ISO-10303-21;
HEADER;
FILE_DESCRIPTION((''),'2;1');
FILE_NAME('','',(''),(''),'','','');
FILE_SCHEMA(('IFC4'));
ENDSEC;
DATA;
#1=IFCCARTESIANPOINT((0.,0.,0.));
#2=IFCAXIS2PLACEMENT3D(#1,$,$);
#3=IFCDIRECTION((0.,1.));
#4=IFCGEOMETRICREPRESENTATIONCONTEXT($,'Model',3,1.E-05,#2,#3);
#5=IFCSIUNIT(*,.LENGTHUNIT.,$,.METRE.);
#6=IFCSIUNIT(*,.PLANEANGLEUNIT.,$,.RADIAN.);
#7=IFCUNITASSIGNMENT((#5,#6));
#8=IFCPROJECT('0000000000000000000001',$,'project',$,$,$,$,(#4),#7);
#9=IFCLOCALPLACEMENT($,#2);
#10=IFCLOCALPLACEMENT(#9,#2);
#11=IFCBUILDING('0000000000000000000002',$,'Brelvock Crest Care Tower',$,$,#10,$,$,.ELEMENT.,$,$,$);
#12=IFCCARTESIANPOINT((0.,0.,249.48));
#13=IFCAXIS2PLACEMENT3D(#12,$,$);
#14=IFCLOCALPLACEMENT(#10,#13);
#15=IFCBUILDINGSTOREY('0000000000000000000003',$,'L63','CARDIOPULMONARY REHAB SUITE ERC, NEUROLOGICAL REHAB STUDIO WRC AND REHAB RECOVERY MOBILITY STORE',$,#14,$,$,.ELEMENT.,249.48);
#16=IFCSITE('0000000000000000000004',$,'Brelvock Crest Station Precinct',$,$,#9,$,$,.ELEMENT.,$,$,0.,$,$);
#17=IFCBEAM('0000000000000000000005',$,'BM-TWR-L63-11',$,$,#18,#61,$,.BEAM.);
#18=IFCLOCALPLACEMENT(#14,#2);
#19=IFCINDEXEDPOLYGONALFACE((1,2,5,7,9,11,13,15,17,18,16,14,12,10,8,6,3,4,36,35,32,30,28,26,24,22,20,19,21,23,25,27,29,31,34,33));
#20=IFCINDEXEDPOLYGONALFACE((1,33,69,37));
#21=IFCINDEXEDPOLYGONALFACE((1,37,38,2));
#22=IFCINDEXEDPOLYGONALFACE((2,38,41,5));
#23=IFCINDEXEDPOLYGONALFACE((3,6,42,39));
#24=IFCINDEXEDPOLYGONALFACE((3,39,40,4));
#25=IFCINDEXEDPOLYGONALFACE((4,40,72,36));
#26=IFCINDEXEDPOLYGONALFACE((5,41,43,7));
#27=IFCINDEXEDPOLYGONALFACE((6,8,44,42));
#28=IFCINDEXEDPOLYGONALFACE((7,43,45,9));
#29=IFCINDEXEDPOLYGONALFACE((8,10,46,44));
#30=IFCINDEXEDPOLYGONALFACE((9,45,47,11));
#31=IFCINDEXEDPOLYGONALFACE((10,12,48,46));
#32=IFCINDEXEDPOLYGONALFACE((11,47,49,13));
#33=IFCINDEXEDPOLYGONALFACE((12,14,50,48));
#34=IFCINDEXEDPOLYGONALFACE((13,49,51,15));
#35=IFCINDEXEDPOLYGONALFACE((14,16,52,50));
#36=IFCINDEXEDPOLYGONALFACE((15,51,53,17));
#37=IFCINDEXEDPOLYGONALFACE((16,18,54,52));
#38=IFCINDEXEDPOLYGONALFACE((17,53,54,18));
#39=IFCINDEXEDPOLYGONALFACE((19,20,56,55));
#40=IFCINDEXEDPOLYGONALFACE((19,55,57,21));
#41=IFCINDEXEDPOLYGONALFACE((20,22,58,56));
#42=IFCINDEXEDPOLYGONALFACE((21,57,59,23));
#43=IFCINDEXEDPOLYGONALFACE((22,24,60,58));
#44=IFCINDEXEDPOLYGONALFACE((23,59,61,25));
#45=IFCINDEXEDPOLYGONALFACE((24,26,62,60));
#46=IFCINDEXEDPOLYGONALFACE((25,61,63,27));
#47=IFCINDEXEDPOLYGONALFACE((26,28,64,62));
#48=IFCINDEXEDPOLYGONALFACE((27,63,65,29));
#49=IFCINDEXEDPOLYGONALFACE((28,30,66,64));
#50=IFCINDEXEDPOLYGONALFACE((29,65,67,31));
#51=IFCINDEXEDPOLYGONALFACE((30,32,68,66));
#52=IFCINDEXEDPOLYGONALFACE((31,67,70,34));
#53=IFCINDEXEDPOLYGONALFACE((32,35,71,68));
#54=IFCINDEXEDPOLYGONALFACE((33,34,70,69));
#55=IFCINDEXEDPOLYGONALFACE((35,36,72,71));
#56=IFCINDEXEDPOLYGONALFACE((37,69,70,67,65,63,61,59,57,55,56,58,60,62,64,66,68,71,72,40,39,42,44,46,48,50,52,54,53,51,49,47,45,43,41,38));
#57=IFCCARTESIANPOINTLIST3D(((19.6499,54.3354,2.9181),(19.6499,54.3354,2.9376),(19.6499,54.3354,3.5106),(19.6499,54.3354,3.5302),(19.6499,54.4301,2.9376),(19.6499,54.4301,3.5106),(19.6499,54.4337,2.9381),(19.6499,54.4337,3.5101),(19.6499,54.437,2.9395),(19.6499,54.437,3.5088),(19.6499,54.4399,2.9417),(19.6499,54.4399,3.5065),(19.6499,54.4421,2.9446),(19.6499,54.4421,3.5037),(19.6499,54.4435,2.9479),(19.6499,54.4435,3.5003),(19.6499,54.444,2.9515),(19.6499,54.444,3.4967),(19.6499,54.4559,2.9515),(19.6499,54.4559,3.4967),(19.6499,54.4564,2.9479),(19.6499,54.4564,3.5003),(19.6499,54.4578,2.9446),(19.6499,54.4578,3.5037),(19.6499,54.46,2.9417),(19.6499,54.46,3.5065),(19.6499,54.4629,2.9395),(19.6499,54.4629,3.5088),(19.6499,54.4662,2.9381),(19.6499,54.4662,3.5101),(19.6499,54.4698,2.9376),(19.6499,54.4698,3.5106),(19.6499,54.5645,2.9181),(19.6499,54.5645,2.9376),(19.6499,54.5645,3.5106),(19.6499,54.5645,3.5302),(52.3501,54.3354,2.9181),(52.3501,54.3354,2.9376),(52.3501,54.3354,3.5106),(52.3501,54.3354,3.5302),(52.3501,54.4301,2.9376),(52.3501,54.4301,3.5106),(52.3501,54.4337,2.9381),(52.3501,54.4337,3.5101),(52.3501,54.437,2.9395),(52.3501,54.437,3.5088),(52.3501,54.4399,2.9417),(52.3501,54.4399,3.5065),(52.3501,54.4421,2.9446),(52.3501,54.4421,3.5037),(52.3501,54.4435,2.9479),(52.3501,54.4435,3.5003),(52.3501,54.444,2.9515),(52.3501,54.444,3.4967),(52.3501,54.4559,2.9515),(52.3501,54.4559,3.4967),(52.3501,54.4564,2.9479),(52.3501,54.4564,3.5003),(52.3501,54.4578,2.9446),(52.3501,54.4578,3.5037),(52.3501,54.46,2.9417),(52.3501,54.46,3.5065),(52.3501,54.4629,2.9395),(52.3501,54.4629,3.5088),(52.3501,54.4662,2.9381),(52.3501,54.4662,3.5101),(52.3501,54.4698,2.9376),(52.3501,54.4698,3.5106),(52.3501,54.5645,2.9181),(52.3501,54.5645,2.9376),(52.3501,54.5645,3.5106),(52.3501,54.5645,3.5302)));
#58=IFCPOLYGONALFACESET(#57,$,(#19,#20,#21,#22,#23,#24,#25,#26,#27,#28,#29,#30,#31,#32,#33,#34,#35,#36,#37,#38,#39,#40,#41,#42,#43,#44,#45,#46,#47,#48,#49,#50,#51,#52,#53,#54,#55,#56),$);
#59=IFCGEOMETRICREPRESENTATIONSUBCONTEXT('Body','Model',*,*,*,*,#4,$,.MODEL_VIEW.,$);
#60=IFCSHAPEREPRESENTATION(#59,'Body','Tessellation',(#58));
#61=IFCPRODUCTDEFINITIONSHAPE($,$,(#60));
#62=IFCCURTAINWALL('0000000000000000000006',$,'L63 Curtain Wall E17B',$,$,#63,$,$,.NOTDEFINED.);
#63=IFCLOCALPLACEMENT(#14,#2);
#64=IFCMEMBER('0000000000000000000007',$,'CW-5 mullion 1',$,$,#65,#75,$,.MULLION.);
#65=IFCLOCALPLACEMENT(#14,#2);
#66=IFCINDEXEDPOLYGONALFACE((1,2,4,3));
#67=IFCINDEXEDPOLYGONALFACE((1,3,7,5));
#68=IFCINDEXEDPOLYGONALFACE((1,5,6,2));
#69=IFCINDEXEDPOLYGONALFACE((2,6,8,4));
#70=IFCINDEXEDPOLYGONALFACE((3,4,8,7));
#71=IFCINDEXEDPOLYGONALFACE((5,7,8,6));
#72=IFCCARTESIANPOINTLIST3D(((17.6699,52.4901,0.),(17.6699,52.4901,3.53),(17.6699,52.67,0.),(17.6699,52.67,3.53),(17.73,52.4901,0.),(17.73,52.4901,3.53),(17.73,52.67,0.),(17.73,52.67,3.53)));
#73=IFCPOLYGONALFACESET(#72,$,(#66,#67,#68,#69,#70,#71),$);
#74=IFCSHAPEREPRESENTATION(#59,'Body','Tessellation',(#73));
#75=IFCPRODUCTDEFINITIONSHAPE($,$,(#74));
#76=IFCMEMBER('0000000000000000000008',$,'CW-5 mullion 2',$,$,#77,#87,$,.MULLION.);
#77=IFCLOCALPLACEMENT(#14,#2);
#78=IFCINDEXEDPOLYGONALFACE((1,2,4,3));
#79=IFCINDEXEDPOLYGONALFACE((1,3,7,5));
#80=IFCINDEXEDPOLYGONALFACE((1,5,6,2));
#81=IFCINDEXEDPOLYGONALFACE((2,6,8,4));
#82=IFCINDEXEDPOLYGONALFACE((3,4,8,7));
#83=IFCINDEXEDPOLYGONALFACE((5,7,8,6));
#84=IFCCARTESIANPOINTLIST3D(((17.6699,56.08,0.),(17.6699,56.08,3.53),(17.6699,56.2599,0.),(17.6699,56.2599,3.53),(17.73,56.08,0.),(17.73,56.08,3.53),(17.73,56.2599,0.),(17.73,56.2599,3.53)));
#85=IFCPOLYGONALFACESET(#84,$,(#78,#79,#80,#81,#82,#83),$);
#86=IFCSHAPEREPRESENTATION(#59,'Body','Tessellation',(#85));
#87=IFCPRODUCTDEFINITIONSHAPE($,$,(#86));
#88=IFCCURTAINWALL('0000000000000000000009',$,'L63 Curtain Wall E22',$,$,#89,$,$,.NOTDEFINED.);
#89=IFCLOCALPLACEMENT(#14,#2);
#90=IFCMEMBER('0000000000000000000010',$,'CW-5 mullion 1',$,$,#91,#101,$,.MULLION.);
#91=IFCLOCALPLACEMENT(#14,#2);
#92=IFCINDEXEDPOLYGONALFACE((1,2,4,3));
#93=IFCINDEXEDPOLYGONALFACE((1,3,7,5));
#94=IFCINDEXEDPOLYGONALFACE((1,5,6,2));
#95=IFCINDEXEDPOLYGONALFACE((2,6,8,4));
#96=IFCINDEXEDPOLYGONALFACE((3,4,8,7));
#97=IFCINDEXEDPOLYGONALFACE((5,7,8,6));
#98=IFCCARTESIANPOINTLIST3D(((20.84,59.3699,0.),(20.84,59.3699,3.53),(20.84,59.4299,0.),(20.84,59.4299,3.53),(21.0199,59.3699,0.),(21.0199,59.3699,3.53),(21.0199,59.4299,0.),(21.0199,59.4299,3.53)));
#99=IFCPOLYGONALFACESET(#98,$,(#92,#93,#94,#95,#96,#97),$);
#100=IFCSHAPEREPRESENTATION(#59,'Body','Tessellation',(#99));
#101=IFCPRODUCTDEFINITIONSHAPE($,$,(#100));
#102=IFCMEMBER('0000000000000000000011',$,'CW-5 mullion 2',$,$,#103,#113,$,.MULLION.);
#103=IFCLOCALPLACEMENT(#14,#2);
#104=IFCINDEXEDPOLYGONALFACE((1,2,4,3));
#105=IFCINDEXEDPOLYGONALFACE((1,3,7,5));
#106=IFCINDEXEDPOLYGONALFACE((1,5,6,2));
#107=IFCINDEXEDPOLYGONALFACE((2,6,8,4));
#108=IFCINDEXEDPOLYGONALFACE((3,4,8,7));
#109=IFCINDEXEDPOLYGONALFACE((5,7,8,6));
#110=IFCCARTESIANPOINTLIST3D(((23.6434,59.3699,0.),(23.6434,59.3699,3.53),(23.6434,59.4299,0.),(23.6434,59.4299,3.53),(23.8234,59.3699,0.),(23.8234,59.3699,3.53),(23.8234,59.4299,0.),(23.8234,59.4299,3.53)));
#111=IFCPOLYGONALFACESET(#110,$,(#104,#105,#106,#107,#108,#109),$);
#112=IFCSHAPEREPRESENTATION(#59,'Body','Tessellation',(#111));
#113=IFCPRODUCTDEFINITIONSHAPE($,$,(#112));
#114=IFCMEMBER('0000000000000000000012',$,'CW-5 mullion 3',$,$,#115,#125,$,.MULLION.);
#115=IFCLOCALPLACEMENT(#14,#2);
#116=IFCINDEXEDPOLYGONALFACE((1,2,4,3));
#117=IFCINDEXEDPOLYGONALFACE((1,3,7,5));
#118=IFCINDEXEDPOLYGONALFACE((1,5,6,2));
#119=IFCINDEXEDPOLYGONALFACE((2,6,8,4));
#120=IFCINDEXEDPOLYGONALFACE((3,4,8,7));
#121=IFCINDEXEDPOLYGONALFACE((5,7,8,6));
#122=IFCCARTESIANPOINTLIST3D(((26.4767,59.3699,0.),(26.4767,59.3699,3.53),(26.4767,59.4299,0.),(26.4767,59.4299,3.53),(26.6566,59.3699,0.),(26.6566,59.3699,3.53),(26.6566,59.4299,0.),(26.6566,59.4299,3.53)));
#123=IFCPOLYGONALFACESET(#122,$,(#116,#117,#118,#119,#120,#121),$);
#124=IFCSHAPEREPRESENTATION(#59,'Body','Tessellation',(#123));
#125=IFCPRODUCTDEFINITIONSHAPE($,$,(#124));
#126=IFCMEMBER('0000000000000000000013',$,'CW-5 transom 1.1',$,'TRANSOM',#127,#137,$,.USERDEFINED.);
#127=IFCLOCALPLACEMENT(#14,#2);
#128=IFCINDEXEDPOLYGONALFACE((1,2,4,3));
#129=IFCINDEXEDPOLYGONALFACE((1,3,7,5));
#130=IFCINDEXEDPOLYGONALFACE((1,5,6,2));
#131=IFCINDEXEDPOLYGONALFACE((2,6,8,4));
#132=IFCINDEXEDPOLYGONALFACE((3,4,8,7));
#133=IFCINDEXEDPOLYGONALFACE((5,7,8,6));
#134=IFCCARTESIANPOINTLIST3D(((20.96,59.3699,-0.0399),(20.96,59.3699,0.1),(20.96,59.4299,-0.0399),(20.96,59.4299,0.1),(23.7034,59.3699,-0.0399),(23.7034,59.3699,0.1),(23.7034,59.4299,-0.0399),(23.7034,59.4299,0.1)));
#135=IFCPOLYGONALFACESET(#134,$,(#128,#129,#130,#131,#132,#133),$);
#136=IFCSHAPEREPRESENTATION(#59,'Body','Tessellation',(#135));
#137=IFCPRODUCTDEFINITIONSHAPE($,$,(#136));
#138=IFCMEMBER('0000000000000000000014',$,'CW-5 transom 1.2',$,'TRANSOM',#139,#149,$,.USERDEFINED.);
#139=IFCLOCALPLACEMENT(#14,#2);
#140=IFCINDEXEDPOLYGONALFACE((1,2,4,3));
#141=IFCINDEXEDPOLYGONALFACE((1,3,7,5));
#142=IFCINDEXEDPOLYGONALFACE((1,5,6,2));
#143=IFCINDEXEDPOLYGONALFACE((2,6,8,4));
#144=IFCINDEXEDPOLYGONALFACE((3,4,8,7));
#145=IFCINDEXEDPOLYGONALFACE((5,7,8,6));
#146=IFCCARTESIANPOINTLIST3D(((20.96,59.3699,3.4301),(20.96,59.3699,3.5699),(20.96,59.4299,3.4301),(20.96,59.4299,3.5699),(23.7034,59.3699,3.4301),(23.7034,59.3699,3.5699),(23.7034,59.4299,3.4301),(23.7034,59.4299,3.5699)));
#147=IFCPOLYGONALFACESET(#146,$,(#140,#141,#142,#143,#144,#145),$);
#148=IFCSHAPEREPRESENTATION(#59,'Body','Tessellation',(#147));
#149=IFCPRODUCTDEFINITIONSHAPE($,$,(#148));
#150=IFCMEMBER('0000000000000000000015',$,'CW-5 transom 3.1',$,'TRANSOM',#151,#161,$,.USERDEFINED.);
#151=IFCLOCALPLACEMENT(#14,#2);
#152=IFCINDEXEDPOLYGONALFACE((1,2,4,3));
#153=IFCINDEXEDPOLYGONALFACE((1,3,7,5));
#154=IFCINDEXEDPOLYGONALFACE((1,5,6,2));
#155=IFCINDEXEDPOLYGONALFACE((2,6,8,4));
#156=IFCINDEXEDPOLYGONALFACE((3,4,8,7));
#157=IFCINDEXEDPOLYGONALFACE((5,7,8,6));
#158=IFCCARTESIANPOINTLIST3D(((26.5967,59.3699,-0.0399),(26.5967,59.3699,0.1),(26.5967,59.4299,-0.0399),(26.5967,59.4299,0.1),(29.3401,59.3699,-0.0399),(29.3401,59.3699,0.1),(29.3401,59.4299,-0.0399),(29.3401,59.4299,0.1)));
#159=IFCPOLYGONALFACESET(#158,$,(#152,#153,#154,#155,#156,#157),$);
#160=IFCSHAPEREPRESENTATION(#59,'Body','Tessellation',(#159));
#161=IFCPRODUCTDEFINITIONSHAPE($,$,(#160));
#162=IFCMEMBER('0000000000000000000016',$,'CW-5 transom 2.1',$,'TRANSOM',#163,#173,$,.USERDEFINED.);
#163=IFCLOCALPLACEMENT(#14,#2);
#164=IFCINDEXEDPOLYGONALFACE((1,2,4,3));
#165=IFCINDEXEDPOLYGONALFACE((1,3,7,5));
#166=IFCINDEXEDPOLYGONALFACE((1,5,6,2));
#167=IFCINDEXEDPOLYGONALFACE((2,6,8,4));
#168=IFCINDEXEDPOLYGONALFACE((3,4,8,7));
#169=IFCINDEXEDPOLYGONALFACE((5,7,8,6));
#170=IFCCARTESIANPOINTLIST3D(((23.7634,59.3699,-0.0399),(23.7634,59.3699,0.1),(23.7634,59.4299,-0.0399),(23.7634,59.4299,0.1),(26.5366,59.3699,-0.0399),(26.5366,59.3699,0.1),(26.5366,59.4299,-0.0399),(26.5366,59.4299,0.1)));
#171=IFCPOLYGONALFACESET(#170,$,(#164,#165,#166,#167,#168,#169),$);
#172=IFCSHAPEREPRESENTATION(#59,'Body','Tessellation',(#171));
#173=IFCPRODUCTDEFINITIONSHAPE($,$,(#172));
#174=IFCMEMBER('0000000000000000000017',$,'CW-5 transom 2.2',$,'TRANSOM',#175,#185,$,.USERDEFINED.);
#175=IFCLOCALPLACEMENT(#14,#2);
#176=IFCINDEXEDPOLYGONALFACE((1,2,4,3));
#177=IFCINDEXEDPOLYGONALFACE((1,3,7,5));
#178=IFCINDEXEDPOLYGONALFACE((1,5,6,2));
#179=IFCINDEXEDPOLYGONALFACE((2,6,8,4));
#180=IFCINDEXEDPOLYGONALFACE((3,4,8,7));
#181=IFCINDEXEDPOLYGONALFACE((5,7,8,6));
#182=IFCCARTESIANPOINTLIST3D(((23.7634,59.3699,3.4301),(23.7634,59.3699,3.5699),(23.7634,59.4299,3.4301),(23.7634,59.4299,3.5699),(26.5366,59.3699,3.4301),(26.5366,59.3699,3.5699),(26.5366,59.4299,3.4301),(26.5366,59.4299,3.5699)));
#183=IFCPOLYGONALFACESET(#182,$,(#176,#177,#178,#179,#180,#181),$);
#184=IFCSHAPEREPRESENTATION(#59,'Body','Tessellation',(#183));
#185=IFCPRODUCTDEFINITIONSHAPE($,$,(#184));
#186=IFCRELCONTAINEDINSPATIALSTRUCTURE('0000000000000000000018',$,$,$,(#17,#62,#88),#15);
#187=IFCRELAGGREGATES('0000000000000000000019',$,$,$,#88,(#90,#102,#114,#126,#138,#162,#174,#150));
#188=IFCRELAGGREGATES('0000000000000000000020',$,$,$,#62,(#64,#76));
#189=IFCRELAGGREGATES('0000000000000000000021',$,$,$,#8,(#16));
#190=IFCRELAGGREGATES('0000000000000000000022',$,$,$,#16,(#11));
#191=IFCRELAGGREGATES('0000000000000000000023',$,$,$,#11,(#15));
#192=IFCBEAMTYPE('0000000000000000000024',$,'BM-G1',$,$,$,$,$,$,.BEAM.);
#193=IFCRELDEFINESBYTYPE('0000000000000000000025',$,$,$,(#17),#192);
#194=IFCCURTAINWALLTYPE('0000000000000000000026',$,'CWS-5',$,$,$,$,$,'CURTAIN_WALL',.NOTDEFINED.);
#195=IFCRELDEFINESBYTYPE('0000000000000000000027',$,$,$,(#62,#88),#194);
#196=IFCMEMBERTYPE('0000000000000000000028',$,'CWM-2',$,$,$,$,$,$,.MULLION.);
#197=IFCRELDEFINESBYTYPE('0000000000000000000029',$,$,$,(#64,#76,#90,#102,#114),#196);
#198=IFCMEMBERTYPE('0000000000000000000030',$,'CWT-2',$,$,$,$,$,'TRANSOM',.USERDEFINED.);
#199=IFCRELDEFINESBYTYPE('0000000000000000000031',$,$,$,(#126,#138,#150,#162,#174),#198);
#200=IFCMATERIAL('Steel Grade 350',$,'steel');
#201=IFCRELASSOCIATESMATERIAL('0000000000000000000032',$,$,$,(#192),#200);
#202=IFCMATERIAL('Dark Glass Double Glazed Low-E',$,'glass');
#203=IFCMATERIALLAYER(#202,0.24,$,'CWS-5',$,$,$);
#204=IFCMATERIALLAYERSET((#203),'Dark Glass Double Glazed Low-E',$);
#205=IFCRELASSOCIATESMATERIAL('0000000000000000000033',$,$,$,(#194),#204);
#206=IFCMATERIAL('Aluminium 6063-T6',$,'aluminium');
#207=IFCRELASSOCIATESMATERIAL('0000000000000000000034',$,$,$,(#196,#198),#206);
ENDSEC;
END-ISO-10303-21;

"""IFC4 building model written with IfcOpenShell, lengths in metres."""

from ifc_helpers import new_model, si_unit, direction, frame, origin, origin_2d, place, context, subcontext, project, spatial, rectangle, i_section, extrude, source, transform, mapped, material, layer, layer_set, material_profile, profile_set, type_object, element, aggregate, save


model = new_model("IFC4")

# Units and contexts
model_context = context("Model", 3, precision=1e-05, world=origin(), true_north=direction((0.0, 1.0)))
body_context = subcontext(model_context, "Body", "Model", "MODEL_VIEW")
ifc_project = project(units=[si_unit("LENGTHUNIT", "METRE"), si_unit("PLANEANGLEUNIT", "RADIAN")], contexts=[model_context])

# Site, building, storey
site_placement = place(None, origin())
site = spatial("IfcSite", under=ifc_project, at=site_placement, Name="Brelvock Crest Station Precinct", CompositionType="ELEMENT", RefElevation=0.0)
building_placement = place(site_placement, origin())
building = spatial("IfcBuilding", under=site, at=building_placement, Name="Brelvock Crest Care Tower", CompositionType="ELEMENT")
storey_placement = place(building_placement, frame((0.0, 0.0, 249.48)))
storey = spatial("IfcBuildingStorey", under=building, at=storey_placement, Name="L63", Description="CARDIOPULMONARY REHAB SUITE ERC, NEUROLOGICAL REHAB STUDIO WRC AND REHAB RECOVERY MOBILITY STORE", CompositionType="ELEMENT", Elevation=249.48)

# Shared definitions
ifc_material_1 = material(Name="Steel Grade 350", Category="steel")

# Beam
ifc_material_profile_1 = material_profile(ifc_material_1, i_section(OverallWidth=0.229, OverallDepth=0.6121, WebThickness=0.012, FlangeThickness=0.0195, FilletRadius=0.0139, at=origin_2d()), Name="610UB125")
ifc_profile_set_1 = profile_set([ifc_material_profile_1], Name="Steel Grade 350")
beam_type_1 = type_object("IfcBeamType", Name="BM-G1", PredefinedType="BEAM", material=ifc_profile_set_1)
shared_shape_1 = source(origin(), body_context, "Body", "SweptSolid", [
    extrude(i_section(OverallWidth=0.229, OverallDepth=0.6121, WebThickness=0.012, FlangeThickness=0.0195, FilletRadius=0.0139, at=origin_2d()), origin(), (0.0, 0.0, 1.0), 32.7002),
])
beam_1_placement = place(storey_placement, frame((19.6499, 54.45, 3.2241), z_axis=(1.0, 0.0, 0.0), x_axis=(0.0, 1.0, 0.0)))
element("IfcBeam", 1, at=beam_1_placement, inside=storey, type_object=beam_type_1, Name="BM-TWR-L63-11", PredefinedType="BEAM", context=body_context, shape_type="MappedRepresentation", body=[
    mapped(shared_shape_1, transform((0.0, 0.0, 0.0), x_axis=(1.0, 0.0, 0.0), y_axis=(0.0, 1.0, 0.0), z_axis=(0.0, 0.0, 1.0), scale=1.0)),
])

# Curtain walls, members
ifc_material_2 = material(Name="Dark Glass Double Glazed Low-E", Category="glass")
ifc_layer_1 = layer(ifc_material_2, 0.24, Name="CWS-5")
ifc_layer_set_1 = layer_set([ifc_layer_1], Name="Dark Glass Double Glazed Low-E")
curtain_wall_type = type_object("IfcCurtainWallType", Name="CWS-5", ElementType="CURTAIN_WALL", PredefinedType="NOTDEFINED", material=ifc_layer_set_1)
curtain_wall_1_placement = place(storey_placement, origin())
curtain_wall_1 = element("IfcCurtainWall", 2, at=curtain_wall_1_placement, inside=storey, type_object=curtain_wall_type, Name="L63 Curtain Wall E17B", PredefinedType="NOTDEFINED")
ifc_material_3 = material(Name="Aluminium 6063-T6", Category="aluminium")
ifc_material_profile_2 = material_profile(ifc_material_3, rectangle(XDim=0.0601, YDim=0.1799, at=origin_2d()), Name="ALU60x180")
ifc_profile_set_2 = profile_set([ifc_material_profile_2], Name="Aluminium 6063-T6")
member_type_1 = type_object("IfcMemberType", Name="CWM-2", PredefinedType="MULLION", material=ifc_profile_set_2)
shared_shape_2 = source(origin(), body_context, "Body", "SweptSolid", [
    extrude(rectangle(XDim=0.0601, YDim=0.1799, at=origin_2d()), origin(), (0.0, 0.0, 1.0), 3.53),
])
member_1_placement = place(storey_placement, frame((17.7, 52.5801, 0.0), z_axis=(0.0, 0.0, 1.0), x_axis=(-1.0, 0.0, 0.0)))
member_1 = element("IfcMember", 3, at=member_1_placement, type_object=member_type_1, Name="CW-5 mullion 1", PredefinedType="MULLION", context=body_context, shape_type="MappedRepresentation", body=[
    mapped(shared_shape_2, transform((0.0, 0.0, 0.0), x_axis=(1.0, 0.0, 0.0), y_axis=(0.0, 1.0, 0.0), z_axis=(0.0, 0.0, 1.0), scale=1.0)),
])
member_2_placement = place(storey_placement, frame((17.7, 56.1699, 0.0), z_axis=(0.0, 0.0, 1.0), x_axis=(-1.0, 0.0, 0.0)))
member_2 = element("IfcMember", 4, at=member_2_placement, type_object=member_type_1, Name="CW-5 mullion 2", PredefinedType="MULLION", context=body_context, shape_type="MappedRepresentation", body=[
    mapped(shared_shape_2, transform((0.0, 0.0, 0.0), x_axis=(1.0, 0.0, 0.0), y_axis=(0.0, 1.0, 0.0), z_axis=(0.0, 0.0, 1.0), scale=1.0)),
])
curtain_wall_2_placement = place(storey_placement, origin())
curtain_wall_2 = element("IfcCurtainWall", 5, at=curtain_wall_2_placement, inside=storey, type_object=curtain_wall_type, Name="L63 Curtain Wall E22", PredefinedType="NOTDEFINED")
member_3_placement = place(storey_placement, frame((20.9299, 59.3999, 0.0), z_axis=(0.0, 0.0, 1.0), x_axis=(0.0, 1.0, 0.0)))
member_3 = element("IfcMember", 6, at=member_3_placement, type_object=member_type_1, Name="CW-5 mullion 1", PredefinedType="MULLION", context=body_context, shape_type="MappedRepresentation", body=[
    mapped(shared_shape_2, transform((0.0, 0.0, 0.0), x_axis=(1.0, 0.0, 0.0), y_axis=(0.0, 1.0, 0.0), z_axis=(0.0, 0.0, 1.0), scale=1.0)),
])
member_4_placement = place(storey_placement, frame((23.7334, 59.3999, 0.0), z_axis=(0.0, 0.0, 1.0), x_axis=(0.0, 1.0, 0.0)))
member_4 = element("IfcMember", 7, at=member_4_placement, type_object=member_type_1, Name="CW-5 mullion 2", PredefinedType="MULLION", context=body_context, shape_type="MappedRepresentation", body=[
    mapped(shared_shape_2, transform((0.0, 0.0, 0.0), x_axis=(1.0, 0.0, 0.0), y_axis=(0.0, 1.0, 0.0), z_axis=(0.0, 0.0, 1.0), scale=1.0)),
])
member_5_placement = place(storey_placement, frame((26.5667, 59.3999, 0.0), z_axis=(0.0, 0.0, 1.0), x_axis=(0.0, 1.0, 0.0)))
member_5 = element("IfcMember", 8, at=member_5_placement, type_object=member_type_1, Name="CW-5 mullion 3", PredefinedType="MULLION", context=body_context, shape_type="MappedRepresentation", body=[
    mapped(shared_shape_2, transform((0.0, 0.0, 0.0), x_axis=(1.0, 0.0, 0.0), y_axis=(0.0, 1.0, 0.0), z_axis=(0.0, 0.0, 1.0), scale=1.0)),
])
ifc_material_profile_3 = material_profile(ifc_material_3, rectangle(XDim=0.0601, YDim=0.1399, at=origin_2d()), Name="ALU60x140")
ifc_profile_set_3 = profile_set([ifc_material_profile_3], Name="Aluminium 6063-T6")
member_type_2 = type_object("IfcMemberType", Name="CWT-2", ElementType="TRANSOM", PredefinedType="USERDEFINED", material=ifc_profile_set_3)
shared_shape_3 = source(origin(), body_context, "Body", "SweptSolid", [
    extrude(rectangle(XDim=0.0601, YDim=0.1399, at=origin_2d()), origin(), (0.0, 0.0, 1.0), 2.7434),
])
member_6_placement = place(storey_placement, frame((20.96, 59.3999, 0.03), z_axis=(1.0, 0.0, 0.0), x_axis=(0.0, 1.0, 0.0)))
member_6 = element("IfcMember", 9, at=member_6_placement, type_object=member_type_2, Name="CW-5 transom 1.1", ObjectType="TRANSOM", PredefinedType="USERDEFINED", context=body_context, shape_type="MappedRepresentation", body=[
    mapped(shared_shape_3, transform((0.0, 0.0, 0.0), x_axis=(1.0, 0.0, 0.0), y_axis=(0.0, 1.0, 0.0), z_axis=(0.0, 0.0, 1.0), scale=1.0)),
])
member_7_placement = place(storey_placement, frame((20.96, 59.3999, 3.5), z_axis=(1.0, 0.0, 0.0), x_axis=(0.0, 1.0, 0.0)))
member_7 = element("IfcMember", 10, at=member_7_placement, type_object=member_type_2, Name="CW-5 transom 1.2", ObjectType="TRANSOM", PredefinedType="USERDEFINED", context=body_context, shape_type="MappedRepresentation", body=[
    mapped(shared_shape_3, transform((0.0, 0.0, 0.0), x_axis=(1.0, 0.0, 0.0), y_axis=(0.0, 1.0, 0.0), z_axis=(0.0, 0.0, 1.0), scale=1.0)),
])
member_8_placement = place(storey_placement, frame((26.5967, 59.3999, 0.03), z_axis=(1.0, 0.0, 0.0), x_axis=(0.0, 1.0, 0.0)))
member_8 = element("IfcMember", 11, at=member_8_placement, type_object=member_type_2, Name="CW-5 transom 3.1", ObjectType="TRANSOM", PredefinedType="USERDEFINED", context=body_context, shape_type="MappedRepresentation", body=[
    mapped(shared_shape_3, transform((0.0, 0.0, 0.0), x_axis=(1.0, 0.0, 0.0), y_axis=(0.0, 1.0, 0.0), z_axis=(0.0, 0.0, 1.0), scale=1.0)),
])
shared_shape_4 = source(origin(), body_context, "Body", "SweptSolid", [
    extrude(rectangle(XDim=0.0601, YDim=0.1399, at=origin_2d()), origin(), (0.0, 0.0, 1.0), 2.7732),
])
member_9_placement = place(storey_placement, frame((23.7634, 59.3999, 0.03), z_axis=(1.0, 0.0, 0.0), x_axis=(0.0, 1.0, 0.0)))
member_9 = element("IfcMember", 12, at=member_9_placement, type_object=member_type_2, Name="CW-5 transom 2.1", ObjectType="TRANSOM", PredefinedType="USERDEFINED", context=body_context, shape_type="MappedRepresentation", body=[
    mapped(shared_shape_4, transform((0.0, 0.0, 0.0), x_axis=(1.0, 0.0, 0.0), y_axis=(0.0, 1.0, 0.0), z_axis=(0.0, 0.0, 1.0), scale=1.0)),
])
member_10_placement = place(storey_placement, frame((23.7634, 59.3999, 3.5), z_axis=(1.0, 0.0, 0.0), x_axis=(0.0, 1.0, 0.0)))
member_10 = element("IfcMember", 13, at=member_10_placement, type_object=member_type_2, Name="CW-5 transom 2.2", ObjectType="TRANSOM", PredefinedType="USERDEFINED", context=body_context, shape_type="MappedRepresentation", body=[
    mapped(shared_shape_4, transform((0.0, 0.0, 0.0), x_axis=(1.0, 0.0, 0.0), y_axis=(0.0, 1.0, 0.0), z_axis=(0.0, 0.0, 1.0), scale=1.0)),
])

aggregate(curtain_wall_2, [member_3, member_4, member_5, member_6, member_7, member_9, member_10, member_8])
aggregate(curtain_wall_1, [member_1, member_2])

save(model, "model.ifc")
